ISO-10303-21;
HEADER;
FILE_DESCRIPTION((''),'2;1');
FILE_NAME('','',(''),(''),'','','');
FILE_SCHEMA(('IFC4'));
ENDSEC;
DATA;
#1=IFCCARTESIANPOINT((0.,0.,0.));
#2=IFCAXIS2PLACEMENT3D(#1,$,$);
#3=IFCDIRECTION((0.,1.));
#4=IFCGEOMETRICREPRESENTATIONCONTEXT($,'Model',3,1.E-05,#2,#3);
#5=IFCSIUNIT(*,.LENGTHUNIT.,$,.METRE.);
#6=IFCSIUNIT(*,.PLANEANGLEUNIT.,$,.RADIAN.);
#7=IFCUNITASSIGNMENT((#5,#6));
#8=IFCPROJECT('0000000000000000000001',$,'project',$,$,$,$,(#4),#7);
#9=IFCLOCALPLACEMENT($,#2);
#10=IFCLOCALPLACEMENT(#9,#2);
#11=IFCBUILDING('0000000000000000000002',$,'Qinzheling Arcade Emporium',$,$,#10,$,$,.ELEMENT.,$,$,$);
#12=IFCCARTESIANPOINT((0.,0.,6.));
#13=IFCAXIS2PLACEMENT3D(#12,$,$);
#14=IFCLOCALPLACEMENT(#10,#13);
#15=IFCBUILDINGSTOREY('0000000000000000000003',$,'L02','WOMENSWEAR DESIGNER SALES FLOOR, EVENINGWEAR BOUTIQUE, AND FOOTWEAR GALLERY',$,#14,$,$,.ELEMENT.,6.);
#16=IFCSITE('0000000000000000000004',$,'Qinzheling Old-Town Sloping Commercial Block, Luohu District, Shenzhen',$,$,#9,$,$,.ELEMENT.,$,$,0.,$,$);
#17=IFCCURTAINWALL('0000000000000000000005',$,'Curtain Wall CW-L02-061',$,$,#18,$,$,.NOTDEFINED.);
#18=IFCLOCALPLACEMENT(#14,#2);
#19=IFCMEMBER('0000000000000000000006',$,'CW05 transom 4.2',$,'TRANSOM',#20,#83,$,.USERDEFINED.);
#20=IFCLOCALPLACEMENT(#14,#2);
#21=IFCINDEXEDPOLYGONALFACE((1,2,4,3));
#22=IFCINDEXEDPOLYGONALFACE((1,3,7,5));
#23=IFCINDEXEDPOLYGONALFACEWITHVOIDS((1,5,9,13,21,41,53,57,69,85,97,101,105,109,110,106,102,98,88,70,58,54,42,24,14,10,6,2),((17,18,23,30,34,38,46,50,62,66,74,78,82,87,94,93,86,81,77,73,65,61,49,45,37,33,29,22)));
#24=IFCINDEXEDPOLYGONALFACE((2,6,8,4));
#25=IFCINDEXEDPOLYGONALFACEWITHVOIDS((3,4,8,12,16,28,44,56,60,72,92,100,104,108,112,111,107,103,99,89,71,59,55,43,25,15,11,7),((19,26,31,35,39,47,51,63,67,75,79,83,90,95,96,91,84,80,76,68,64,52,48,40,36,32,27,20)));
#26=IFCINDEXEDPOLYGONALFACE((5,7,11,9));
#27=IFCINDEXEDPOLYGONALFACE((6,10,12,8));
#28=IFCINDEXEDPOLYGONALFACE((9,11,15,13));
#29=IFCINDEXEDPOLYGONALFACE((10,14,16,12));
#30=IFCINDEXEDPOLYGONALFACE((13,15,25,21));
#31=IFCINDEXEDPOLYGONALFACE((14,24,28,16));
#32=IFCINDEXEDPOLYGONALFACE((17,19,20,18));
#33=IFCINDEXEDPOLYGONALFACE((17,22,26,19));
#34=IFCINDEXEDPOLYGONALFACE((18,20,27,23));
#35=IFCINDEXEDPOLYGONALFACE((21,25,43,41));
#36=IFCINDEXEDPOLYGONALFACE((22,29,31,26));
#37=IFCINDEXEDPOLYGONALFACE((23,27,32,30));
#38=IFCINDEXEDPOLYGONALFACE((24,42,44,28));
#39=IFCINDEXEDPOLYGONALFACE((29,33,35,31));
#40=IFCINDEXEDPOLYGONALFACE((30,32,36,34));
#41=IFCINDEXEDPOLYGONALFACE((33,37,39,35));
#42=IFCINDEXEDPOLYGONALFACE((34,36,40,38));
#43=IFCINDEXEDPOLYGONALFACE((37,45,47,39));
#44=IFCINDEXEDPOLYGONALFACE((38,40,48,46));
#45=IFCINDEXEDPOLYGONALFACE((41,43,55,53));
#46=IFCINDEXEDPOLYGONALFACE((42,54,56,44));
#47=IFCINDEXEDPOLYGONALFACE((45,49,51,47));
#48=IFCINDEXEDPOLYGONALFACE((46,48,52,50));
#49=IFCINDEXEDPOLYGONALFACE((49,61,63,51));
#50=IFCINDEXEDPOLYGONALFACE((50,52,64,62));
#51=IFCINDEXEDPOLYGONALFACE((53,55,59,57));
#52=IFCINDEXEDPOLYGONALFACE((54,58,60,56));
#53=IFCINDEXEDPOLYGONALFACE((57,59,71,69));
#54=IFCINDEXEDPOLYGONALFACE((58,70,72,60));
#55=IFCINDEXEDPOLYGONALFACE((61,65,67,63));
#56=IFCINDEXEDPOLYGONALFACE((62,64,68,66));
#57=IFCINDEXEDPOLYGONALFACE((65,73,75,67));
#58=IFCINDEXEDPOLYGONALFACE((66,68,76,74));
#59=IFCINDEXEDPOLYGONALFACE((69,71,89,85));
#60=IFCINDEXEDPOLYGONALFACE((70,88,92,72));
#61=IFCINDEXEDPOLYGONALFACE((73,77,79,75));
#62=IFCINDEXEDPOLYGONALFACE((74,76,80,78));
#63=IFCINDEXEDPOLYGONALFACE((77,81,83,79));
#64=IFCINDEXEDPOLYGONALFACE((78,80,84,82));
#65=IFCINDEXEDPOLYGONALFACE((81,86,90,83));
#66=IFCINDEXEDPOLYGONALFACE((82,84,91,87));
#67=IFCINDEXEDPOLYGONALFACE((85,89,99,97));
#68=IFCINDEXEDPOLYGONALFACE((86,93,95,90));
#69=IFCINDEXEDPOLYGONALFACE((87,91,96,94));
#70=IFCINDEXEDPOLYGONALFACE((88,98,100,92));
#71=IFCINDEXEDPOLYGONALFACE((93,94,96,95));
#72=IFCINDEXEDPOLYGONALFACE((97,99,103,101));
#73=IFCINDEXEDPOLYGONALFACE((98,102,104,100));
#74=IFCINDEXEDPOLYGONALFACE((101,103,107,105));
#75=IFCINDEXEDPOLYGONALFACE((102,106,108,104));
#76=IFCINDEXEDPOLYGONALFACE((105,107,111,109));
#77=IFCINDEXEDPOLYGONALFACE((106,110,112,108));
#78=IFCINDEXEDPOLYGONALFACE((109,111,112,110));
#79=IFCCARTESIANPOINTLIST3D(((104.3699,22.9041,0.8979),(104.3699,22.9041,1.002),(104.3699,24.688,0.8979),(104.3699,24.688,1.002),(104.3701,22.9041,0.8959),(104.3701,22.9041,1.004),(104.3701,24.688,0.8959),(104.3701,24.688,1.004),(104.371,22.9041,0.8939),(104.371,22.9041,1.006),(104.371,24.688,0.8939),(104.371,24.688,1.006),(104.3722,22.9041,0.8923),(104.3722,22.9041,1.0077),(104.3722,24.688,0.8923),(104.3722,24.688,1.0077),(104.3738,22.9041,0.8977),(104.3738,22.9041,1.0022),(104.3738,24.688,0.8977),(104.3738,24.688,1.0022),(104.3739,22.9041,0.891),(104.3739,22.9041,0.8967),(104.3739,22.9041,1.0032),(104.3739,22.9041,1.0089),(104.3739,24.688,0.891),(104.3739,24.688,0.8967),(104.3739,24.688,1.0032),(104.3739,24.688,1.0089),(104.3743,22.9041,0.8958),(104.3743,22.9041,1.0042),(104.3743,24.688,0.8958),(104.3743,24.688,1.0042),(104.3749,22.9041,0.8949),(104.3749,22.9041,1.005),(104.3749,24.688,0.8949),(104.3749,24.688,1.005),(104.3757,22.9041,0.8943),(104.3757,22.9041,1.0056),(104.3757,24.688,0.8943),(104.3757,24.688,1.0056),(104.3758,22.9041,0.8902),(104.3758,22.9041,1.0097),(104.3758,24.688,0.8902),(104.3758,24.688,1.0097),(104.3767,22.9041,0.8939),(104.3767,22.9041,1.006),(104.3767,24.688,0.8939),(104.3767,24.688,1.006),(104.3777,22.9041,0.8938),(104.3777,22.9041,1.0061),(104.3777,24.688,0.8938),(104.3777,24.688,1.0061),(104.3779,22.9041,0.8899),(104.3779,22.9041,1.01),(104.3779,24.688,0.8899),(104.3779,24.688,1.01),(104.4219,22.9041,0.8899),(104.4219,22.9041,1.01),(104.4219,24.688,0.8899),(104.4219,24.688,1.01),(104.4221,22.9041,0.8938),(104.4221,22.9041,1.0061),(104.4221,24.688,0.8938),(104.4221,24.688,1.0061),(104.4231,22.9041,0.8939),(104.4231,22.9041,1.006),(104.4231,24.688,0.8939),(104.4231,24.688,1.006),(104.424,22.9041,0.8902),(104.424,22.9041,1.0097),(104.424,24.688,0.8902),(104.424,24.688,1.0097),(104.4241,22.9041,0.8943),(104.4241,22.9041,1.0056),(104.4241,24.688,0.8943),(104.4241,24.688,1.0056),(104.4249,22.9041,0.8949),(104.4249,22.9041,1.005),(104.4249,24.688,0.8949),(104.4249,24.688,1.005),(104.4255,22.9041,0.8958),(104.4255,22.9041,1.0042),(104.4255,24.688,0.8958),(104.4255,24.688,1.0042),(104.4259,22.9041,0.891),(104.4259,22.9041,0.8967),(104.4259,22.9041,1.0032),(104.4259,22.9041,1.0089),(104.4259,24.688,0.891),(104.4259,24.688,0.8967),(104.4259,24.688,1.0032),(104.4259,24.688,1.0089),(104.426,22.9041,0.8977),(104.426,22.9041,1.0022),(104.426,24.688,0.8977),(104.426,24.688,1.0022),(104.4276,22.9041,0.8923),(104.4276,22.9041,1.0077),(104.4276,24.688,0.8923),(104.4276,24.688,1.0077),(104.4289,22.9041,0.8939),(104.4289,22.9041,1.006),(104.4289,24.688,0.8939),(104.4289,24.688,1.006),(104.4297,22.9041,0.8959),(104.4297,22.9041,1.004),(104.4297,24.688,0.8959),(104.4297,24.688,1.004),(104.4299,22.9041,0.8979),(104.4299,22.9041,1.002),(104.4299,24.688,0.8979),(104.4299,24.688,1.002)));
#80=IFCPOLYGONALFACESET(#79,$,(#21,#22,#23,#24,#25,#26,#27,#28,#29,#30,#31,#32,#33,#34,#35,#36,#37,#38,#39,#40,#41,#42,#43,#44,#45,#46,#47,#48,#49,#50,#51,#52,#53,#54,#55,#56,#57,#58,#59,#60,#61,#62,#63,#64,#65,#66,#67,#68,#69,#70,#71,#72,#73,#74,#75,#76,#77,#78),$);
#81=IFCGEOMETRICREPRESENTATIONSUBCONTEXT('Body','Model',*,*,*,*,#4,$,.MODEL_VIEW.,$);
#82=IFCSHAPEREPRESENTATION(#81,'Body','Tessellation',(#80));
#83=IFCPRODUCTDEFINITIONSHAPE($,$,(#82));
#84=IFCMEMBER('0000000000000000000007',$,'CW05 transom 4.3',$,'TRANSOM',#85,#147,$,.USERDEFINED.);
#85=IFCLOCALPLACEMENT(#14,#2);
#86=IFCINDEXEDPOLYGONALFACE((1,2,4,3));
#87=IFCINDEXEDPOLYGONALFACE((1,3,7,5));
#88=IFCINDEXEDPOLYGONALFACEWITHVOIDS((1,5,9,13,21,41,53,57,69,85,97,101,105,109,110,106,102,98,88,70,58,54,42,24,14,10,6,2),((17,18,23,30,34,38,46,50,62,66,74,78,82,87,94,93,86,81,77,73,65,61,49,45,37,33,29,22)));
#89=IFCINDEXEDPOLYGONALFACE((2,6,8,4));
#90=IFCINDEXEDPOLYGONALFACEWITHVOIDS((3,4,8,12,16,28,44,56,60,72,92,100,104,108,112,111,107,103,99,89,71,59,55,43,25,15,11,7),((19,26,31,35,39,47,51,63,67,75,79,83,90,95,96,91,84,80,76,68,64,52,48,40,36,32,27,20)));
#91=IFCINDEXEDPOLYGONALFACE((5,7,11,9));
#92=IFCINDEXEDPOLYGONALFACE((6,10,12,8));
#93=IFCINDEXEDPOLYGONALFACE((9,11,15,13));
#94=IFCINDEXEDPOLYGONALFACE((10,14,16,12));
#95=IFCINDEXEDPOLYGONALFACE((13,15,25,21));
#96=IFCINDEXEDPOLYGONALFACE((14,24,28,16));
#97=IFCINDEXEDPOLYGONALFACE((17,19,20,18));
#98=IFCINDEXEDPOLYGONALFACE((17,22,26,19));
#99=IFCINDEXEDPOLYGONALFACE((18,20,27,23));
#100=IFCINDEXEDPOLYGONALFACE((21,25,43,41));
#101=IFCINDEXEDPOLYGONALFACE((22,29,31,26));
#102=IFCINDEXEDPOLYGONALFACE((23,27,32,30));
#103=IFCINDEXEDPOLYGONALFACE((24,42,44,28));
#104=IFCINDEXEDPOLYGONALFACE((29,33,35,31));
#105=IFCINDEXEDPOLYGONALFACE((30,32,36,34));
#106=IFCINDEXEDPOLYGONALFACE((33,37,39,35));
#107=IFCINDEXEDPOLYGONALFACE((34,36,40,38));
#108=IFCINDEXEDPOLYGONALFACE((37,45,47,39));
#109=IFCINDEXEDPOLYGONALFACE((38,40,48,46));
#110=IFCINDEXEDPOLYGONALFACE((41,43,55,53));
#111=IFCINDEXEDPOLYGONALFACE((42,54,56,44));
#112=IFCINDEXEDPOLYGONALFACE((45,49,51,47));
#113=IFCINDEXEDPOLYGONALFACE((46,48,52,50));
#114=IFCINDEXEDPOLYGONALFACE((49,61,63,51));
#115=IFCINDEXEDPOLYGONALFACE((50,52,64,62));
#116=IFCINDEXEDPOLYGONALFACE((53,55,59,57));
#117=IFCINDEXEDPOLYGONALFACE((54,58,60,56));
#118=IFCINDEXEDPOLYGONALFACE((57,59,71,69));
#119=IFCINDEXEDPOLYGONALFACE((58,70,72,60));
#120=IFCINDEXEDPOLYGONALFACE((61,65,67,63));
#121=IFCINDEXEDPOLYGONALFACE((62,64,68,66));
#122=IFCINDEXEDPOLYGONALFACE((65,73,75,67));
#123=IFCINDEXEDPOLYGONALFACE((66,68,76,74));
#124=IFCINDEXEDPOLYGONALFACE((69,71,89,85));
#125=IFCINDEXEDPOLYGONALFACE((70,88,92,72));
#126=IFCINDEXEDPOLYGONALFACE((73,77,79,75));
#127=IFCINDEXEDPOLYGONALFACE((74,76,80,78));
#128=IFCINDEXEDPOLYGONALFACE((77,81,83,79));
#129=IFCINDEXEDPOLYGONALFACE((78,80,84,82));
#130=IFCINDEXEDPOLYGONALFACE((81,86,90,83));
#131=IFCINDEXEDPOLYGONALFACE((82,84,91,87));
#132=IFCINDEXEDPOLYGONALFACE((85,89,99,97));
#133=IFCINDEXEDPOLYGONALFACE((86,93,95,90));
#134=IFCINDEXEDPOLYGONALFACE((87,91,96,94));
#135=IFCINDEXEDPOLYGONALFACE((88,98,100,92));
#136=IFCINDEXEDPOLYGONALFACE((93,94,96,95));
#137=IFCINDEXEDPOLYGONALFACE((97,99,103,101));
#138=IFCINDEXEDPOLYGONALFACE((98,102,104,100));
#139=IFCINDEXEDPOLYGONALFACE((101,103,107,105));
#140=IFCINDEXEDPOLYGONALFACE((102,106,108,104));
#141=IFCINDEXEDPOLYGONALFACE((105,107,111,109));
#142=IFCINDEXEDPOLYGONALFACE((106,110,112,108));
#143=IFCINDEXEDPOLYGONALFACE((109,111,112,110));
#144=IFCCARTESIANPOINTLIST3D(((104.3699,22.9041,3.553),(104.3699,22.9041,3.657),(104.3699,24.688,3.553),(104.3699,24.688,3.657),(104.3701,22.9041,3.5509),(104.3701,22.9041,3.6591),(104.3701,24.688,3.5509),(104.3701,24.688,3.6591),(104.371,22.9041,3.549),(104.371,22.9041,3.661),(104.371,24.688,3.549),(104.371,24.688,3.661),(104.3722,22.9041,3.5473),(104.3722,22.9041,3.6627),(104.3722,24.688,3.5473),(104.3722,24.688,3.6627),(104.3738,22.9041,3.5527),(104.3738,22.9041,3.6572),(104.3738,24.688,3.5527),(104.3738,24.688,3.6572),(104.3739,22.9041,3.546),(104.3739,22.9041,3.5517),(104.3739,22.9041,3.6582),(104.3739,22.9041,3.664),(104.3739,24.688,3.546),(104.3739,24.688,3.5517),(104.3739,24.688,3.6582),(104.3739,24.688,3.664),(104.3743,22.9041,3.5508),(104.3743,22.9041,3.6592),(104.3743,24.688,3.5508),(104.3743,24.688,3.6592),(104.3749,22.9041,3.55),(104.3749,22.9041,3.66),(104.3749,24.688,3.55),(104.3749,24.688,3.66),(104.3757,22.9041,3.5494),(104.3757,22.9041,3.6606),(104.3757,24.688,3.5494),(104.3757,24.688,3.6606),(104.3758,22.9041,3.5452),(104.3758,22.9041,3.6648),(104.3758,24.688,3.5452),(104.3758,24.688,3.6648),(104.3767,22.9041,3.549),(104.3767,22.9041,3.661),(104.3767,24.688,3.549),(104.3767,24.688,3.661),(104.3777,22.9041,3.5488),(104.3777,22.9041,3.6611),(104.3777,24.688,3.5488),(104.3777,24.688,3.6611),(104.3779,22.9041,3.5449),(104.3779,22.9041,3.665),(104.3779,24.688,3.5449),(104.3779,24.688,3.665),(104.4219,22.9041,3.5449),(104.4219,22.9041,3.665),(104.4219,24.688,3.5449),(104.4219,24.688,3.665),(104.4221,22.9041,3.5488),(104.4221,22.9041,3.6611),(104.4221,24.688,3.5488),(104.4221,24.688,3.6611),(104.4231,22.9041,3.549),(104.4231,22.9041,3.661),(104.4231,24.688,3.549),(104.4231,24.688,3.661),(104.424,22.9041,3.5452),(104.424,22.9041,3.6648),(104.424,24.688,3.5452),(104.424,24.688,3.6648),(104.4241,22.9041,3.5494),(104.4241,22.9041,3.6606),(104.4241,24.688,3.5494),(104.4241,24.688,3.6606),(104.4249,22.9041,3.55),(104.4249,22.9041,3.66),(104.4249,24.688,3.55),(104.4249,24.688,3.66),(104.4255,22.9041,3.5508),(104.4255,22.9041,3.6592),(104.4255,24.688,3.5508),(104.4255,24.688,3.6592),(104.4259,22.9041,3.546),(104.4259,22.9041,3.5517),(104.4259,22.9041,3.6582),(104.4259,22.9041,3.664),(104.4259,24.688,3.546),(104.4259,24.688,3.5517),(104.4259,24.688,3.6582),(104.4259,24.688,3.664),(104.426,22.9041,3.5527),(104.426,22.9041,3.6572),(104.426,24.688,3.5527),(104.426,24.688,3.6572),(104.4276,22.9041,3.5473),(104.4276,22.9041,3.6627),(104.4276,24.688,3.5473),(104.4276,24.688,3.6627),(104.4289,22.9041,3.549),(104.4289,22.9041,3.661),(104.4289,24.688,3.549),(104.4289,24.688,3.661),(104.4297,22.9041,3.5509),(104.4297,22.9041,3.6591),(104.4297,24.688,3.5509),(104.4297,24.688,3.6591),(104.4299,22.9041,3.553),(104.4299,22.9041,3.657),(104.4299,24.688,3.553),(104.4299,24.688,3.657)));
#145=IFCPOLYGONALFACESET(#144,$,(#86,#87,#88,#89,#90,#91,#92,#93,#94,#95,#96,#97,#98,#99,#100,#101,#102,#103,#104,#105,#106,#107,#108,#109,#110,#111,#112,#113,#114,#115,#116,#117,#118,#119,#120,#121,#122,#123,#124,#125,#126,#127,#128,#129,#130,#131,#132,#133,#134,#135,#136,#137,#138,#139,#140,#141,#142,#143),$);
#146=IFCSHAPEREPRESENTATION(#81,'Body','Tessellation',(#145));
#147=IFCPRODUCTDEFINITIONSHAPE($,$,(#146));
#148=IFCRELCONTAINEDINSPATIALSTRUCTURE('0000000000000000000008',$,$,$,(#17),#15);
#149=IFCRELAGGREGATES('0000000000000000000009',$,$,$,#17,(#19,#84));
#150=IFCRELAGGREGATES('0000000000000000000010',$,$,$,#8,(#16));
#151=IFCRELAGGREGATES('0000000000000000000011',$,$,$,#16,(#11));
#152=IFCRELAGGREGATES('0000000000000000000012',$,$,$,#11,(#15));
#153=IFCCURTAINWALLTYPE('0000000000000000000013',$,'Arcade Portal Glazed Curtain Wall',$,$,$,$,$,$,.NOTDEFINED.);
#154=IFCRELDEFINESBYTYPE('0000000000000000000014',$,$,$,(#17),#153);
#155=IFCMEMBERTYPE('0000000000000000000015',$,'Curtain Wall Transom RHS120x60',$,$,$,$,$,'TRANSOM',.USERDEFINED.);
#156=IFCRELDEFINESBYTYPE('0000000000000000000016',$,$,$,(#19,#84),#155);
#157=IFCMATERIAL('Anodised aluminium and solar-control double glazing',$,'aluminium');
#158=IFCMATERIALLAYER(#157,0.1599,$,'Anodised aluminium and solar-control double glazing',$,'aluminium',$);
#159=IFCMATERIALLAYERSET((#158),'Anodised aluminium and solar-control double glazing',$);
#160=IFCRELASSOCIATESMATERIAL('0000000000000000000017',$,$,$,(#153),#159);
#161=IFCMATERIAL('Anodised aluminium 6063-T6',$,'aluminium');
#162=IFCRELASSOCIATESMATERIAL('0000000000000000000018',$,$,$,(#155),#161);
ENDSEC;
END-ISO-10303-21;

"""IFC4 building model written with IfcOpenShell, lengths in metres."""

from ifc_helpers import new_model, si_unit, direction, frame, origin, origin_2d, place, context, subcontext, project, spatial, hollow_rectangle, extrude, material, layer, layer_set, material_profile, profile_set, type_object, element, aggregate, save


model = new_model("IFC4")

# Units and contexts
model_context = context("Model", 3, precision=1e-05, world=origin(), true_north=direction((0.0, 1.0)))
body_context = subcontext(model_context, "Body", "Model", "MODEL_VIEW")
ifc_project = project(units=[si_unit("LENGTHUNIT", "METRE"), si_unit("PLANEANGLEUNIT", "RADIAN")], contexts=[model_context])

# Site, building, storey
site_placement = place(None, origin())
site = spatial("IfcSite", under=ifc_project, at=site_placement, Name="Qinzheling Old-Town Sloping Commercial Block, Luohu District, Shenzhen", CompositionType="ELEMENT", RefElevation=0.0)
building_placement = place(site_placement, origin())
building = spatial("IfcBuilding", under=site, at=building_placement, Name="Qinzheling Arcade Emporium", CompositionType="ELEMENT")
storey_placement = place(building_placement, frame((0.0, 0.0, 6.0)))
storey = spatial("IfcBuildingStorey", under=building, at=storey_placement, Name="L02", Description="WOMENSWEAR DESIGNER SALES FLOOR, EVENINGWEAR BOUTIQUE, AND FOOTWEAR GALLERY", CompositionType="ELEMENT", Elevation=6.0)

# Curtain wall, members
ifc_material_1 = material(Name="Anodised aluminium and solar-control double glazing", Category="aluminium")
ifc_layer_1 = layer(ifc_material_1, 0.1599, Name="Anodised aluminium and solar-control double glazing", Category="aluminium")
ifc_layer_set_1 = layer_set([ifc_layer_1], Name="Anodised aluminium and solar-control double glazing")
curtain_wall_type = type_object("IfcCurtainWallType", Name="Arcade Portal Glazed Curtain Wall", PredefinedType="NOTDEFINED", material=ifc_layer_set_1)
curtain_wall_placement = place(storey_placement, origin())
curtain_wall = element("IfcCurtainWall", 1, at=curtain_wall_placement, inside=storey, type_object=curtain_wall_type, Name="Curtain Wall CW-L02-061", PredefinedType="NOTDEFINED")
ifc_material_2 = material(Name="Anodised aluminium 6063-T6", Category="aluminium")
ifc_material_profile_1 = material_profile(ifc_material_2, hollow_rectangle(XDim=0.0601, YDim=0.1201, WallThickness=0.0039, InnerFilletRadius=0.0039, OuterFilletRadius=0.0081, at=origin_2d()), Name="RHS 120x60x4", Category="aluminium")
ifc_profile_set_1 = profile_set([ifc_material_profile_1], Name="Anodised aluminium 6063-T6")
member_type_1 = type_object("IfcMemberType", Name="Curtain Wall Transom RHS120x60", ElementType="TRANSOM", PredefinedType="USERDEFINED", material=ifc_profile_set_1)
member_1_placement = place(storey_placement, frame((104.3999, 22.9041, 0.95), z_axis=(0.0, 1.0, 0.0), x_axis=(-1.0, 0.0, 0.0)))
member_1 = element("IfcMember", 2, at=member_1_placement, type_object=member_type_1, Name="CW05 transom 4.2", ObjectType="TRANSOM", PredefinedType="USERDEFINED", context=body_context, shape_type="SweptSolid", body=[
    extrude(hollow_rectangle(XDim=0.0601, YDim=0.1201, WallThickness=0.0039, InnerFilletRadius=0.0039, OuterFilletRadius=0.0081, at=origin_2d()), origin(), (0.0, 0.0, 1.0), 1.7839),
])
member_2_placement = place(storey_placement, frame((104.3999, 22.9041, 3.605), z_axis=(0.0, 1.0, 0.0), x_axis=(-1.0, 0.0, 0.0)))
member_2 = element("IfcMember", 3, at=member_2_placement, type_object=member_type_1, Name="CW05 transom 4.3", ObjectType="TRANSOM", PredefinedType="USERDEFINED", context=body_context, shape_type="SweptSolid", body=[
    extrude(hollow_rectangle(XDim=0.0601, YDim=0.1201, WallThickness=0.0039, InnerFilletRadius=0.0039, OuterFilletRadius=0.0081, at=origin_2d()), origin(), (0.0, 0.0, 1.0), 1.7839),
])
aggregate(curtain_wall, [member_1, member_2])

save(model, "model.ifc")
